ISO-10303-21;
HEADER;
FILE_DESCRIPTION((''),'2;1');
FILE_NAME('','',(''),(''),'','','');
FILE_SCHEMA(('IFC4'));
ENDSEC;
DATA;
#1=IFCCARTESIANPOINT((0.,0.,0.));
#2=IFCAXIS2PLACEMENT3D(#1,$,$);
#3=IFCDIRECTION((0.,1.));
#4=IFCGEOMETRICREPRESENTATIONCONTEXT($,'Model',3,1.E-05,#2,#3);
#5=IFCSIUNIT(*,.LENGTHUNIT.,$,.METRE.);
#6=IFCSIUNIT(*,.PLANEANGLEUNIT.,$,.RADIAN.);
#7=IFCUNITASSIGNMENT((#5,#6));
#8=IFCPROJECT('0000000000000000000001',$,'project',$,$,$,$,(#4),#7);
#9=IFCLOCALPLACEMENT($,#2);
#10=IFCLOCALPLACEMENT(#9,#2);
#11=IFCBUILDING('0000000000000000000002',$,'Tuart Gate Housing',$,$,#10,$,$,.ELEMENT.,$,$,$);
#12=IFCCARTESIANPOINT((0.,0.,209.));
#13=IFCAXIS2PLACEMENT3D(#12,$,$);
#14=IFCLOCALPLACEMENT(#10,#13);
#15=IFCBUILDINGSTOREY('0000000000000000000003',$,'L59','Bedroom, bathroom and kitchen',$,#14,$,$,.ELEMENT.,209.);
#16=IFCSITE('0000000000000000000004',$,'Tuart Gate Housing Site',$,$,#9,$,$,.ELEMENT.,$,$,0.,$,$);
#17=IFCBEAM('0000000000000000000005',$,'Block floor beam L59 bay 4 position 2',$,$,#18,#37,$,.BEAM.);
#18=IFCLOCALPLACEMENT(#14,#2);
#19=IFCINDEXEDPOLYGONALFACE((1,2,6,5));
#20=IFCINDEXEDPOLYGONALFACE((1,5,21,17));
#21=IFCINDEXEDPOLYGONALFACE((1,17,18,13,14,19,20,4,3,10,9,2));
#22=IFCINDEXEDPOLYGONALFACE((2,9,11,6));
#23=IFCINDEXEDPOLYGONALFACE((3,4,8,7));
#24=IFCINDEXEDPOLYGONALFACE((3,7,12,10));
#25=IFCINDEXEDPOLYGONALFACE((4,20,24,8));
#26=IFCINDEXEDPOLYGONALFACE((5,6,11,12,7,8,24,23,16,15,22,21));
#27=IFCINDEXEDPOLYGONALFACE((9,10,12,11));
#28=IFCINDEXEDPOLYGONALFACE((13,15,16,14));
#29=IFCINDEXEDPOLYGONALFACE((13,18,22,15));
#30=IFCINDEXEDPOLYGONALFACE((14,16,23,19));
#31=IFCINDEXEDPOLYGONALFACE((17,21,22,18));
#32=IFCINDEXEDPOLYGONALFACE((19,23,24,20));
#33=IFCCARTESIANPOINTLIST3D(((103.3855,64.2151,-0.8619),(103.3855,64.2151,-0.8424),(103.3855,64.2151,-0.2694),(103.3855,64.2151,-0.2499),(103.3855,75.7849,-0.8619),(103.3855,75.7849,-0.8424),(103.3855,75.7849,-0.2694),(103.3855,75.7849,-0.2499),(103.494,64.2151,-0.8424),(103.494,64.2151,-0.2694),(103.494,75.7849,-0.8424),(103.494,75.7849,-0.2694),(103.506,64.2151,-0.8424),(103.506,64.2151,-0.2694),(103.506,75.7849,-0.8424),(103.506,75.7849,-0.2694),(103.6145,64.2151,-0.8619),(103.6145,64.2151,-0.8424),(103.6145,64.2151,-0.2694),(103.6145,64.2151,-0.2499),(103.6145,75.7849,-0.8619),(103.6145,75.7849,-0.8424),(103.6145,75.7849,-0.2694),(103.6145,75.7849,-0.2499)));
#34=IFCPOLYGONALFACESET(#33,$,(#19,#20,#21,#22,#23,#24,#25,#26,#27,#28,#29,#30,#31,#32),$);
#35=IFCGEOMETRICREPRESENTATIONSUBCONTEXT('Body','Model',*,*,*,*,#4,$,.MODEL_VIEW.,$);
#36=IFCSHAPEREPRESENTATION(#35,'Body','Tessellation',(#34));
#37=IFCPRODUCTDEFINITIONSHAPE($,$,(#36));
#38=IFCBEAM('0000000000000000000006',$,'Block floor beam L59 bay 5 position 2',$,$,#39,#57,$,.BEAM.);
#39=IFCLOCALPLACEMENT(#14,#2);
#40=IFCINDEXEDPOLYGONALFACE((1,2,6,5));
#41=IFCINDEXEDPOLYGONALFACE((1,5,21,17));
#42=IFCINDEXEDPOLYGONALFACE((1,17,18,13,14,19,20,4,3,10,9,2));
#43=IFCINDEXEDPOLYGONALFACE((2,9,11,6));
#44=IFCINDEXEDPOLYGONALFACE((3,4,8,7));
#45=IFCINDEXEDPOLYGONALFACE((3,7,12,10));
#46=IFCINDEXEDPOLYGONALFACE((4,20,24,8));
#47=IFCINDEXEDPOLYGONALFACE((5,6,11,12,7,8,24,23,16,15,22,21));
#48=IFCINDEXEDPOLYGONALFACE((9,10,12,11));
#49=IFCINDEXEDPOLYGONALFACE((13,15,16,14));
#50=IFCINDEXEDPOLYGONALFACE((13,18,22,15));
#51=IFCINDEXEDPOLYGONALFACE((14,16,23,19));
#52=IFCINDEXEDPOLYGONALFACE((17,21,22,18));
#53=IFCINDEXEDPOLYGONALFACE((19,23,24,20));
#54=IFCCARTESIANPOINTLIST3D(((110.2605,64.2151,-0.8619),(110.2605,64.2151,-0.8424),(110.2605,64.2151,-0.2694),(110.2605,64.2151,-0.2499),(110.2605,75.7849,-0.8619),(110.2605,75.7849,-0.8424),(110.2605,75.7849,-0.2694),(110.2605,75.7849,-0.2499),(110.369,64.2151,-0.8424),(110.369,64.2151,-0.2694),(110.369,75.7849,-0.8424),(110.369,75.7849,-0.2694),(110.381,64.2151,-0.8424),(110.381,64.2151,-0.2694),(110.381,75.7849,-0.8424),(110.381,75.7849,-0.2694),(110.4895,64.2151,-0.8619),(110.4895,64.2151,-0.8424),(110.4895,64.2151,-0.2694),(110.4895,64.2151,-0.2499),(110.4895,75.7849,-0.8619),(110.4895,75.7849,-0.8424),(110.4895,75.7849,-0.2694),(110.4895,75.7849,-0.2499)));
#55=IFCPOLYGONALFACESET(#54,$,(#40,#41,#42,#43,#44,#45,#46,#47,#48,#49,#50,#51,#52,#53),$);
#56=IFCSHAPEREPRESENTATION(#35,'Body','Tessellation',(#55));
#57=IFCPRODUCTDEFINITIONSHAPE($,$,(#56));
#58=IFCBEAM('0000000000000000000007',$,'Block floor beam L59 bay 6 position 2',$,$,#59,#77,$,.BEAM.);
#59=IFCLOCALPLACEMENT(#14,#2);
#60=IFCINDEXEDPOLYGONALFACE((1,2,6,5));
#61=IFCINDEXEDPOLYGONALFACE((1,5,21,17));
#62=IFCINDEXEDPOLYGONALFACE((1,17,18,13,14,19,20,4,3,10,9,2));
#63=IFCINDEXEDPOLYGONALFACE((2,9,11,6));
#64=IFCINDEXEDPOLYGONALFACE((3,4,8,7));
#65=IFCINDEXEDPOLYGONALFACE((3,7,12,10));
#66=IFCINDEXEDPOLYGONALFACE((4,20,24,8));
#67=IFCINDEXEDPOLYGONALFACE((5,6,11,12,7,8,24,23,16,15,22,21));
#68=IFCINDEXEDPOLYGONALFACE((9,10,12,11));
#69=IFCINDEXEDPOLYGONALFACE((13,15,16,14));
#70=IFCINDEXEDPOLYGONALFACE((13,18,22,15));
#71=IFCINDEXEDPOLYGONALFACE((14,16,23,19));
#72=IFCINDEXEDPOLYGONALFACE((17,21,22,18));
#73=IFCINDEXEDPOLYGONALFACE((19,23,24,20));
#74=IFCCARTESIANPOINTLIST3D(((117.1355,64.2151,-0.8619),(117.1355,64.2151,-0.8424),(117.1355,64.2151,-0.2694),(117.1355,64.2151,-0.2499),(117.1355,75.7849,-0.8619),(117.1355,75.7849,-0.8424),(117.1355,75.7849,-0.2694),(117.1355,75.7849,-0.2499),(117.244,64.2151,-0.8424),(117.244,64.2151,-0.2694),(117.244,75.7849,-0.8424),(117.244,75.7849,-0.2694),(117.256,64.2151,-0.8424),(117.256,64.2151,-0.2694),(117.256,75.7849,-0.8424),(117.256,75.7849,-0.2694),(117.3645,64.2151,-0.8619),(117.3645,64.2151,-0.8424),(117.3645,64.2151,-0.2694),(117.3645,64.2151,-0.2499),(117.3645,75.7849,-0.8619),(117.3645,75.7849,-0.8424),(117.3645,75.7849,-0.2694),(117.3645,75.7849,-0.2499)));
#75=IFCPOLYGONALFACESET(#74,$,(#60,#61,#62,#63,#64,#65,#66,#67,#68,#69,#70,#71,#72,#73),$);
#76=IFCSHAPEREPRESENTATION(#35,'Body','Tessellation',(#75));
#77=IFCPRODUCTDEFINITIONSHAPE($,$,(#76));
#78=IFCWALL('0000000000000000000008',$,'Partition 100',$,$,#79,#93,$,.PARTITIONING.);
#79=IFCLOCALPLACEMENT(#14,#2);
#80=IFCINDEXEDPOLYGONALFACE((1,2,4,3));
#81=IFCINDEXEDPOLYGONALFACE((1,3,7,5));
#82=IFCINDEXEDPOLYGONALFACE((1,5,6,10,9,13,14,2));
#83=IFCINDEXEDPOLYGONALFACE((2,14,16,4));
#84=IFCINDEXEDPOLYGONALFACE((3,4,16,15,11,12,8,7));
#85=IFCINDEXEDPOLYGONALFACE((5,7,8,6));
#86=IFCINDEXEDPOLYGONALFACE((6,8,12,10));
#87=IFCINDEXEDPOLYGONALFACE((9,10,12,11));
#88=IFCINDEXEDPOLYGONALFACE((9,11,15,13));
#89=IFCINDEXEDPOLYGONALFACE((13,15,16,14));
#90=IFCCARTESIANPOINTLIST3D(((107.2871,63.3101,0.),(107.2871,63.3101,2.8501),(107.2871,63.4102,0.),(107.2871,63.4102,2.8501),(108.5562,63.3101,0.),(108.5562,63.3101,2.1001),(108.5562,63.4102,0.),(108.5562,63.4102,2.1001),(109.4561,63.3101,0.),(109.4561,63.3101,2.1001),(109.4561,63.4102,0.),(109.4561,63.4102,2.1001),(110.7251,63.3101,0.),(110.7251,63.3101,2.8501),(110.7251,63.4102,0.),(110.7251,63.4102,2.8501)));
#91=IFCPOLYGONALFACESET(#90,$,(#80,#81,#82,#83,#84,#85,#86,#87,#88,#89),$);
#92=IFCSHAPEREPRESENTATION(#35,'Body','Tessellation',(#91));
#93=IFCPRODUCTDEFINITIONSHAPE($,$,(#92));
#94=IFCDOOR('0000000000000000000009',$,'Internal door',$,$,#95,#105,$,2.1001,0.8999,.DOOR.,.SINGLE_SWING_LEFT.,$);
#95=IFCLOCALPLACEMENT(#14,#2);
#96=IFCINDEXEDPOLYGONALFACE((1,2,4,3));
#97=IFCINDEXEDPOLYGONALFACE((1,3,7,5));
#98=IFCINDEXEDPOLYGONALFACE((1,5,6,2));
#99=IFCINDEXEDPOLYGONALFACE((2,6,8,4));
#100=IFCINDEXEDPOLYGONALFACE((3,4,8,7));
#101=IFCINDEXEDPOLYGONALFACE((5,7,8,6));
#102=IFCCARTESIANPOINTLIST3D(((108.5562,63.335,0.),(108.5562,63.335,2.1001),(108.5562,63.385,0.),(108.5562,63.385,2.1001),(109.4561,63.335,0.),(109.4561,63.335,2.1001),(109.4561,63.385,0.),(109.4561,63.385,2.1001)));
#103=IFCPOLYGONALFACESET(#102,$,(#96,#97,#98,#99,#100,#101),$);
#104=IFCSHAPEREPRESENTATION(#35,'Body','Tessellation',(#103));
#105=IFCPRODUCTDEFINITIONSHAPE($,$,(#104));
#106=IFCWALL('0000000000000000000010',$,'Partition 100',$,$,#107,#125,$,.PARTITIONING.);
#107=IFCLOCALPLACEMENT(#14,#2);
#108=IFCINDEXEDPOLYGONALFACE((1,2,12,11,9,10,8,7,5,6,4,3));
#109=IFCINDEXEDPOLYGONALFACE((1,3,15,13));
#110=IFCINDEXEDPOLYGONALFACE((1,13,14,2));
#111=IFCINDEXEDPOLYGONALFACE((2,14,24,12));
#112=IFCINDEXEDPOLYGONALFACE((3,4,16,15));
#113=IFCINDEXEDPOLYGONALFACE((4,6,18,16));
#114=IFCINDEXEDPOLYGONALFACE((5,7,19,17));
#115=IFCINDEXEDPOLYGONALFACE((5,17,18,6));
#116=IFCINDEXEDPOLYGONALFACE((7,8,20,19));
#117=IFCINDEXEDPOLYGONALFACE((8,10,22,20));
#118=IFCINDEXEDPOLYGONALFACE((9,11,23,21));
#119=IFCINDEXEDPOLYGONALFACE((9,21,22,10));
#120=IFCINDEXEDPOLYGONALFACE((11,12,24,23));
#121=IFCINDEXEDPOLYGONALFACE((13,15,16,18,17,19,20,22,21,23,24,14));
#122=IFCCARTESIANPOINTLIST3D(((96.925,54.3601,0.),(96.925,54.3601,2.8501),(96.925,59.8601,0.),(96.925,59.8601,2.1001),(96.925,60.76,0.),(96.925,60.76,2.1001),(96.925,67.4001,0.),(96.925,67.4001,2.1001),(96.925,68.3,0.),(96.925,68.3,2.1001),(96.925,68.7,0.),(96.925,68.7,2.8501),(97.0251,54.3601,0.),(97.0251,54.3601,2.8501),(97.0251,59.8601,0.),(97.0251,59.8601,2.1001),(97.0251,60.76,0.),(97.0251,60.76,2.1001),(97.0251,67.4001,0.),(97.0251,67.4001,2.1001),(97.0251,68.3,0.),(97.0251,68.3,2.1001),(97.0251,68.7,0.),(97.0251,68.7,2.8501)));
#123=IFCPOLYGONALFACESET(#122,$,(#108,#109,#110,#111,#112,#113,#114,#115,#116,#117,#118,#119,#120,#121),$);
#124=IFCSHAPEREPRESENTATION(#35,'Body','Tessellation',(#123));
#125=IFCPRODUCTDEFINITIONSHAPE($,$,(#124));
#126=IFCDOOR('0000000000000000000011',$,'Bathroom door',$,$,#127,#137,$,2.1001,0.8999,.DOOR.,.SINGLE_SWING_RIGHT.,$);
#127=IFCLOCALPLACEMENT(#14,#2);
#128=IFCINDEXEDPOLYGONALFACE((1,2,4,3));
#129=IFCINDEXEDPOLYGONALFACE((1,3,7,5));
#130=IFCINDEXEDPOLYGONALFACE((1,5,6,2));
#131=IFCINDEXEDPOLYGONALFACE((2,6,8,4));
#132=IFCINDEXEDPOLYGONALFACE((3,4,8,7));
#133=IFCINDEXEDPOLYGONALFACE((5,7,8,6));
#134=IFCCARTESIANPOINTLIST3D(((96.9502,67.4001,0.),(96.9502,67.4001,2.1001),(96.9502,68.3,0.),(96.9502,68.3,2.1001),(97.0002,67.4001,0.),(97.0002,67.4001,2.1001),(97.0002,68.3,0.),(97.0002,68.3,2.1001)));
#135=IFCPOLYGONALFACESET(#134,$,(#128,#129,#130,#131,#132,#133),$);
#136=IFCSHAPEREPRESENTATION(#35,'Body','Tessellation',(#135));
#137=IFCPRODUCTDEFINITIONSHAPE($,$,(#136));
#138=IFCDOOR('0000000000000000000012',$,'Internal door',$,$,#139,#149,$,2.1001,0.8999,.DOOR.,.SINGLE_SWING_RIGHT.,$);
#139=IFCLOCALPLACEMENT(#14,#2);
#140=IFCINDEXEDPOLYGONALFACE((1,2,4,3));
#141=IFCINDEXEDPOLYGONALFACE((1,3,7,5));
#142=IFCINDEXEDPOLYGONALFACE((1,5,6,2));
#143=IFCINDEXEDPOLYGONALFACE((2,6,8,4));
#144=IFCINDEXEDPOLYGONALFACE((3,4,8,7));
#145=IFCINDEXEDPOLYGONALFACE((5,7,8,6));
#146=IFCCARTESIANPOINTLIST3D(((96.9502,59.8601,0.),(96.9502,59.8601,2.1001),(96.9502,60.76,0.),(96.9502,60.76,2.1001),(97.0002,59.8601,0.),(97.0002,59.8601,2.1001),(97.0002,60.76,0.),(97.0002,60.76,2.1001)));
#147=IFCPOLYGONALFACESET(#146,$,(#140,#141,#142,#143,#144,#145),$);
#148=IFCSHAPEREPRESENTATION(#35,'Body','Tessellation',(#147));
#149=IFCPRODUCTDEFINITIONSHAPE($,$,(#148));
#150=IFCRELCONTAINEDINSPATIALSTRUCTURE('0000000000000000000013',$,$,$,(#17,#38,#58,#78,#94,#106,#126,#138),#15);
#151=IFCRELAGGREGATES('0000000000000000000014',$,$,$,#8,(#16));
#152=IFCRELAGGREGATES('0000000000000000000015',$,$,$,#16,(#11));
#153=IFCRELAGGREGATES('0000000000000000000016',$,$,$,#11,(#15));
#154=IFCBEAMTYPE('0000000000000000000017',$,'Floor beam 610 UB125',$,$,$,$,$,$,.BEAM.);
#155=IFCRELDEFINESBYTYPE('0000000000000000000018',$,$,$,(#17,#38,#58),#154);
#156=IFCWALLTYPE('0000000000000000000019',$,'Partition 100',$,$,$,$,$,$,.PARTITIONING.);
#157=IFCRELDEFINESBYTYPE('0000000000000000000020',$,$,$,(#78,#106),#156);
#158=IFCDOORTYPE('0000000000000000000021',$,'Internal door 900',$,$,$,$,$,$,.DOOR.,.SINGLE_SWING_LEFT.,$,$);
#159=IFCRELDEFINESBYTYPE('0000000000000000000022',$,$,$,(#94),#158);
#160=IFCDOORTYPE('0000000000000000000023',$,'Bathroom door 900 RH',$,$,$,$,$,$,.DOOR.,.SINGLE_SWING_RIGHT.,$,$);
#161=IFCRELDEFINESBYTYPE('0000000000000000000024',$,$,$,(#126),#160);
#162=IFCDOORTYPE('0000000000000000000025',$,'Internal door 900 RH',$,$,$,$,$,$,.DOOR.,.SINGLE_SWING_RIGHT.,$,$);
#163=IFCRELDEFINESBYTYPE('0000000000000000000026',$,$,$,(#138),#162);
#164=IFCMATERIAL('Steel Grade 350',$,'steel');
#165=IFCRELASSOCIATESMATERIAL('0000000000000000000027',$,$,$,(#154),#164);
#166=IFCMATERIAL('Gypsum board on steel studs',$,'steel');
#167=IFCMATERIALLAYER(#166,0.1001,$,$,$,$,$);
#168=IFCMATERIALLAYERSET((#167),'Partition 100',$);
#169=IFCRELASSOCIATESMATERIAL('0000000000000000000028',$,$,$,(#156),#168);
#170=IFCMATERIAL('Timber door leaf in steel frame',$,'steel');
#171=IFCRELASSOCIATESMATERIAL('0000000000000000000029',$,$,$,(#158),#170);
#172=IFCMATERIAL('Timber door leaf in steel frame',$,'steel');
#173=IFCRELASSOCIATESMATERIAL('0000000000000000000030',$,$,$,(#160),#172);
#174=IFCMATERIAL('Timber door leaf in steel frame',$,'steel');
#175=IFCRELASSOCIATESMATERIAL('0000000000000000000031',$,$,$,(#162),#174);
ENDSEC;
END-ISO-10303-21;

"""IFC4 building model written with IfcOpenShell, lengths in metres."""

from ifc_helpers import new_model, si_unit, direction, frame, frame_2d, origin, origin_2d, place, context, subcontext, project, spatial, rectangle, i_section, extrude, material, layer, layer_set, material_profile, profile_set, type_object, element, fill, save


model = new_model("IFC4")

# Units and contexts
model_context = context("Model", 3, precision=1e-05, world=origin(), true_north=direction((0.0, 1.0)))
body_context = subcontext(model_context, "Body", "Model", "MODEL_VIEW")
ifc_project = project(units=[si_unit("LENGTHUNIT", "METRE"), si_unit("PLANEANGLEUNIT", "RADIAN")], contexts=[model_context])

# Site, building, storey
site_placement = place(None, origin())
site = spatial("IfcSite", under=ifc_project, at=site_placement, Name="Tuart Gate Housing Site", CompositionType="ELEMENT", RefElevation=0.0)
building_placement = place(site_placement, origin())
building = spatial("IfcBuilding", under=site, at=building_placement, Name="Tuart Gate Housing", CompositionType="ELEMENT")
storey_placement = place(building_placement, frame((0.0, 0.0, 209.0)))
storey = spatial("IfcBuildingStorey", under=building, at=storey_placement, Name="L59", Description="Bedroom, bathroom and kitchen", CompositionType="ELEMENT", Elevation=209.0)

# Beams
ifc_material_1 = material(Name="Steel Grade 350", Category="steel")
ifc_material_profile_1 = material_profile(ifc_material_1, i_section(OverallWidth=0.229, OverallDepth=0.6121, WebThickness=0.012, FlangeThickness=0.0195, at=origin_2d()), Name="610UB125")
ifc_profile_set_1 = profile_set([ifc_material_profile_1], Name="Steel Grade 350")
beam_type_1 = type_object("IfcBeamType", Name="Floor beam 610 UB125", PredefinedType="BEAM", material=ifc_profile_set_1)
for number, where, z_axis, x_axis, name in (
    (1, (103.5, 64.2151, -0.5559), (0.0, 1.0, 0.0), (-1.0, 0.0, 0.0), "Block floor beam L59 bay 4 position 2"),
    (2, (110.375, 64.2151, -0.5559), (0.0, 1.0, 0.0), (-1.0, 0.0, 0.0), "Block floor beam L59 bay 5 position 2"),
    (3, (117.25, 64.2151, -0.5559), (0.0, 1.0, 0.0), (-1.0, 0.0, 0.0), "Block floor beam L59 bay 6 position 2"),
):
    element("IfcBeam", number, at=place(storey_placement, frame(where, z_axis=z_axis, x_axis=x_axis)), inside=storey, type_object=beam_type_1, Name=name, PredefinedType="BEAM", context=body_context, shape_type="SweptSolid", body=[
        extrude(i_section(OverallWidth=0.229, OverallDepth=0.6121, WebThickness=0.012, FlangeThickness=0.0195, at=origin_2d()), origin(), (0.0, 0.0, 1.0), 11.5698),
    ])

# Wall, opening, door
ifc_material_2 = material(Name="Gypsum board on steel studs", Category="steel")
ifc_layer_1 = layer(ifc_material_2, 0.1001)
ifc_layer_set_1 = layer_set([ifc_layer_1], Name="Partition 100")
wall_type_1 = type_object("IfcWallType", Name="Partition 100", PredefinedType="PARTITIONING", material=ifc_layer_set_1)
wall_1_placement = place(storey_placement, frame((107.2871, 63.3601, 0.0), z_axis=(0.0, 0.0, 1.0), x_axis=(1.0, 0.0, 0.0)))
wall_1 = element("IfcWall", 4, at=wall_1_placement, inside=storey, type_object=wall_type_1, Name="Partition 100", PredefinedType="PARTITIONING", context=body_context, shape_type="SweptSolid", body=[
    extrude(rectangle(XDim=3.438, YDim=0.1001, at=frame_2d((1.719, 0.0))), origin(), (0.0, 0.0, 1.0), 2.8501),
])
opening_1_placement = place(wall_1_placement, frame((1.269, 0.0, 0.0)))
opening_1 = element("IfcOpeningElement", 5, at=opening_1_placement, cuts=wall_1, PredefinedType="OPENING", context=body_context, shape_type="SweptSolid", body=[
    extrude(rectangle(XDim=0.8999, YDim=2.1001, at=frame_2d((0.45, 1.05))), frame((0.0, 0.0601, 0.0), z_axis=(0.0, -1.0, 0.0), x_axis=(1.0, 0.0, 0.0)), (0.0, 0.0, 1.0), 0.1201),
])
ifc_material_3 = material(Name="Timber door leaf in steel frame", Category="steel")
door_type_1 = type_object("IfcDoorType", Name="Internal door 900", OperationType="SINGLE_SWING_LEFT", PredefinedType="DOOR", material=ifc_material_3)
door_1_placement = place(opening_1_placement, origin())
door_1 = element("IfcDoor", 6, at=door_1_placement, inside=storey, type_object=door_type_1, Name="Internal door", OperationType="SINGLE_SWING_LEFT", OverallHeight=2.1001, OverallWidth=0.8999, PredefinedType="DOOR", context=body_context, shape_type="SweptSolid", body=[
    extrude(rectangle(XDim=0.8999, YDim=2.1001, at=frame_2d((0.45, 1.05))), frame((0.0, 0.0249, 0.0), z_axis=(0.0, -1.0, 0.0), x_axis=(1.0, 0.0, 0.0)), (0.0, 0.0, 1.0), 0.05),
])
fill(opening_1, door_1)

# Wall, openings, doors
wall_2_placement = place(storey_placement, frame((96.9751, 54.3601, 0.0), z_axis=(0.0, 0.0, 1.0), x_axis=(0.0, 1.0, 0.0)))
wall_2 = element("IfcWall", 7, at=wall_2_placement, inside=storey, type_object=wall_type_1, Name="Partition 100", PredefinedType="PARTITIONING", context=body_context, shape_type="SweptSolid", body=[
    extrude(rectangle(XDim=14.3398, YDim=0.1001, at=frame_2d((7.1699, 0.0))), origin(), (0.0, 0.0, 1.0), 2.8501),
])
opening_2_placement = place(wall_2_placement, frame((5.5, 0.0, 0.0)))
opening_2 = element("IfcOpeningElement", 8, at=opening_2_placement, cuts=wall_2, PredefinedType="OPENING", context=body_context, shape_type="SweptSolid", body=[
    extrude(rectangle(XDim=0.8999, YDim=2.1001, at=frame_2d((0.45, 1.05))), frame((0.0, 0.0601, 0.0), z_axis=(0.0, -1.0, 0.0), x_axis=(1.0, 0.0, 0.0)), (0.0, 0.0, 1.0), 0.1201),
])
opening_3_placement = place(wall_2_placement, frame((13.04, 0.0, 0.0)))
opening_3 = element("IfcOpeningElement", 9, at=opening_3_placement, cuts=wall_2, PredefinedType="OPENING", context=body_context, shape_type="SweptSolid", body=[
    extrude(rectangle(XDim=0.8999, YDim=2.1001, at=frame_2d((0.45, 1.05))), frame((0.0, 0.0601, 0.0), z_axis=(0.0, -1.0, 0.0), x_axis=(1.0, 0.0, 0.0)), (0.0, 0.0, 1.0), 0.1201),
])
ifc_material_4 = material(Name="Timber door leaf in steel frame", Category="steel")
door_type_2 = type_object("IfcDoorType", Name="Bathroom door 900 RH", OperationType="SINGLE_SWING_RIGHT", PredefinedType="DOOR", material=ifc_material_4)
door_2_placement = place(opening_3_placement, origin())
door_2 = element("IfcDoor", 10, at=door_2_placement, inside=storey, type_object=door_type_2, Name="Bathroom door", OperationType="SINGLE_SWING_RIGHT", OverallHeight=2.1001, OverallWidth=0.8999, PredefinedType="DOOR", context=body_context, shape_type="SweptSolid", body=[
    extrude(rectangle(XDim=0.8999, YDim=2.1001, at=frame_2d((0.45, 1.05))), frame((0.0, 0.0249, 0.0), z_axis=(0.0, -1.0, 0.0), x_axis=(1.0, 0.0, 0.0)), (0.0, 0.0, 1.0), 0.05),
])
fill(opening_3, door_2)
ifc_material_5 = material(Name="Timber door leaf in steel frame", Category="steel")
door_type_3 = type_object("IfcDoorType", Name="Internal door 900 RH", OperationType="SINGLE_SWING_RIGHT", PredefinedType="DOOR", material=ifc_material_5)
door_3_placement = place(opening_2_placement, origin())
door_3 = element("IfcDoor", 11, at=door_3_placement, inside=storey, type_object=door_type_3, Name="Internal door", OperationType="SINGLE_SWING_RIGHT", OverallHeight=2.1001, OverallWidth=0.8999, PredefinedType="DOOR", context=body_context, shape_type="SweptSolid", body=[
    extrude(rectangle(XDim=0.8999, YDim=2.1001, at=frame_2d((0.45, 1.05))), frame((0.0, 0.0249, 0.0), z_axis=(0.0, -1.0, 0.0), x_axis=(1.0, 0.0, 0.0)), (0.0, 0.0, 1.0), 0.05),
])
fill(opening_2, door_3)

save(model, "model.ifc")
